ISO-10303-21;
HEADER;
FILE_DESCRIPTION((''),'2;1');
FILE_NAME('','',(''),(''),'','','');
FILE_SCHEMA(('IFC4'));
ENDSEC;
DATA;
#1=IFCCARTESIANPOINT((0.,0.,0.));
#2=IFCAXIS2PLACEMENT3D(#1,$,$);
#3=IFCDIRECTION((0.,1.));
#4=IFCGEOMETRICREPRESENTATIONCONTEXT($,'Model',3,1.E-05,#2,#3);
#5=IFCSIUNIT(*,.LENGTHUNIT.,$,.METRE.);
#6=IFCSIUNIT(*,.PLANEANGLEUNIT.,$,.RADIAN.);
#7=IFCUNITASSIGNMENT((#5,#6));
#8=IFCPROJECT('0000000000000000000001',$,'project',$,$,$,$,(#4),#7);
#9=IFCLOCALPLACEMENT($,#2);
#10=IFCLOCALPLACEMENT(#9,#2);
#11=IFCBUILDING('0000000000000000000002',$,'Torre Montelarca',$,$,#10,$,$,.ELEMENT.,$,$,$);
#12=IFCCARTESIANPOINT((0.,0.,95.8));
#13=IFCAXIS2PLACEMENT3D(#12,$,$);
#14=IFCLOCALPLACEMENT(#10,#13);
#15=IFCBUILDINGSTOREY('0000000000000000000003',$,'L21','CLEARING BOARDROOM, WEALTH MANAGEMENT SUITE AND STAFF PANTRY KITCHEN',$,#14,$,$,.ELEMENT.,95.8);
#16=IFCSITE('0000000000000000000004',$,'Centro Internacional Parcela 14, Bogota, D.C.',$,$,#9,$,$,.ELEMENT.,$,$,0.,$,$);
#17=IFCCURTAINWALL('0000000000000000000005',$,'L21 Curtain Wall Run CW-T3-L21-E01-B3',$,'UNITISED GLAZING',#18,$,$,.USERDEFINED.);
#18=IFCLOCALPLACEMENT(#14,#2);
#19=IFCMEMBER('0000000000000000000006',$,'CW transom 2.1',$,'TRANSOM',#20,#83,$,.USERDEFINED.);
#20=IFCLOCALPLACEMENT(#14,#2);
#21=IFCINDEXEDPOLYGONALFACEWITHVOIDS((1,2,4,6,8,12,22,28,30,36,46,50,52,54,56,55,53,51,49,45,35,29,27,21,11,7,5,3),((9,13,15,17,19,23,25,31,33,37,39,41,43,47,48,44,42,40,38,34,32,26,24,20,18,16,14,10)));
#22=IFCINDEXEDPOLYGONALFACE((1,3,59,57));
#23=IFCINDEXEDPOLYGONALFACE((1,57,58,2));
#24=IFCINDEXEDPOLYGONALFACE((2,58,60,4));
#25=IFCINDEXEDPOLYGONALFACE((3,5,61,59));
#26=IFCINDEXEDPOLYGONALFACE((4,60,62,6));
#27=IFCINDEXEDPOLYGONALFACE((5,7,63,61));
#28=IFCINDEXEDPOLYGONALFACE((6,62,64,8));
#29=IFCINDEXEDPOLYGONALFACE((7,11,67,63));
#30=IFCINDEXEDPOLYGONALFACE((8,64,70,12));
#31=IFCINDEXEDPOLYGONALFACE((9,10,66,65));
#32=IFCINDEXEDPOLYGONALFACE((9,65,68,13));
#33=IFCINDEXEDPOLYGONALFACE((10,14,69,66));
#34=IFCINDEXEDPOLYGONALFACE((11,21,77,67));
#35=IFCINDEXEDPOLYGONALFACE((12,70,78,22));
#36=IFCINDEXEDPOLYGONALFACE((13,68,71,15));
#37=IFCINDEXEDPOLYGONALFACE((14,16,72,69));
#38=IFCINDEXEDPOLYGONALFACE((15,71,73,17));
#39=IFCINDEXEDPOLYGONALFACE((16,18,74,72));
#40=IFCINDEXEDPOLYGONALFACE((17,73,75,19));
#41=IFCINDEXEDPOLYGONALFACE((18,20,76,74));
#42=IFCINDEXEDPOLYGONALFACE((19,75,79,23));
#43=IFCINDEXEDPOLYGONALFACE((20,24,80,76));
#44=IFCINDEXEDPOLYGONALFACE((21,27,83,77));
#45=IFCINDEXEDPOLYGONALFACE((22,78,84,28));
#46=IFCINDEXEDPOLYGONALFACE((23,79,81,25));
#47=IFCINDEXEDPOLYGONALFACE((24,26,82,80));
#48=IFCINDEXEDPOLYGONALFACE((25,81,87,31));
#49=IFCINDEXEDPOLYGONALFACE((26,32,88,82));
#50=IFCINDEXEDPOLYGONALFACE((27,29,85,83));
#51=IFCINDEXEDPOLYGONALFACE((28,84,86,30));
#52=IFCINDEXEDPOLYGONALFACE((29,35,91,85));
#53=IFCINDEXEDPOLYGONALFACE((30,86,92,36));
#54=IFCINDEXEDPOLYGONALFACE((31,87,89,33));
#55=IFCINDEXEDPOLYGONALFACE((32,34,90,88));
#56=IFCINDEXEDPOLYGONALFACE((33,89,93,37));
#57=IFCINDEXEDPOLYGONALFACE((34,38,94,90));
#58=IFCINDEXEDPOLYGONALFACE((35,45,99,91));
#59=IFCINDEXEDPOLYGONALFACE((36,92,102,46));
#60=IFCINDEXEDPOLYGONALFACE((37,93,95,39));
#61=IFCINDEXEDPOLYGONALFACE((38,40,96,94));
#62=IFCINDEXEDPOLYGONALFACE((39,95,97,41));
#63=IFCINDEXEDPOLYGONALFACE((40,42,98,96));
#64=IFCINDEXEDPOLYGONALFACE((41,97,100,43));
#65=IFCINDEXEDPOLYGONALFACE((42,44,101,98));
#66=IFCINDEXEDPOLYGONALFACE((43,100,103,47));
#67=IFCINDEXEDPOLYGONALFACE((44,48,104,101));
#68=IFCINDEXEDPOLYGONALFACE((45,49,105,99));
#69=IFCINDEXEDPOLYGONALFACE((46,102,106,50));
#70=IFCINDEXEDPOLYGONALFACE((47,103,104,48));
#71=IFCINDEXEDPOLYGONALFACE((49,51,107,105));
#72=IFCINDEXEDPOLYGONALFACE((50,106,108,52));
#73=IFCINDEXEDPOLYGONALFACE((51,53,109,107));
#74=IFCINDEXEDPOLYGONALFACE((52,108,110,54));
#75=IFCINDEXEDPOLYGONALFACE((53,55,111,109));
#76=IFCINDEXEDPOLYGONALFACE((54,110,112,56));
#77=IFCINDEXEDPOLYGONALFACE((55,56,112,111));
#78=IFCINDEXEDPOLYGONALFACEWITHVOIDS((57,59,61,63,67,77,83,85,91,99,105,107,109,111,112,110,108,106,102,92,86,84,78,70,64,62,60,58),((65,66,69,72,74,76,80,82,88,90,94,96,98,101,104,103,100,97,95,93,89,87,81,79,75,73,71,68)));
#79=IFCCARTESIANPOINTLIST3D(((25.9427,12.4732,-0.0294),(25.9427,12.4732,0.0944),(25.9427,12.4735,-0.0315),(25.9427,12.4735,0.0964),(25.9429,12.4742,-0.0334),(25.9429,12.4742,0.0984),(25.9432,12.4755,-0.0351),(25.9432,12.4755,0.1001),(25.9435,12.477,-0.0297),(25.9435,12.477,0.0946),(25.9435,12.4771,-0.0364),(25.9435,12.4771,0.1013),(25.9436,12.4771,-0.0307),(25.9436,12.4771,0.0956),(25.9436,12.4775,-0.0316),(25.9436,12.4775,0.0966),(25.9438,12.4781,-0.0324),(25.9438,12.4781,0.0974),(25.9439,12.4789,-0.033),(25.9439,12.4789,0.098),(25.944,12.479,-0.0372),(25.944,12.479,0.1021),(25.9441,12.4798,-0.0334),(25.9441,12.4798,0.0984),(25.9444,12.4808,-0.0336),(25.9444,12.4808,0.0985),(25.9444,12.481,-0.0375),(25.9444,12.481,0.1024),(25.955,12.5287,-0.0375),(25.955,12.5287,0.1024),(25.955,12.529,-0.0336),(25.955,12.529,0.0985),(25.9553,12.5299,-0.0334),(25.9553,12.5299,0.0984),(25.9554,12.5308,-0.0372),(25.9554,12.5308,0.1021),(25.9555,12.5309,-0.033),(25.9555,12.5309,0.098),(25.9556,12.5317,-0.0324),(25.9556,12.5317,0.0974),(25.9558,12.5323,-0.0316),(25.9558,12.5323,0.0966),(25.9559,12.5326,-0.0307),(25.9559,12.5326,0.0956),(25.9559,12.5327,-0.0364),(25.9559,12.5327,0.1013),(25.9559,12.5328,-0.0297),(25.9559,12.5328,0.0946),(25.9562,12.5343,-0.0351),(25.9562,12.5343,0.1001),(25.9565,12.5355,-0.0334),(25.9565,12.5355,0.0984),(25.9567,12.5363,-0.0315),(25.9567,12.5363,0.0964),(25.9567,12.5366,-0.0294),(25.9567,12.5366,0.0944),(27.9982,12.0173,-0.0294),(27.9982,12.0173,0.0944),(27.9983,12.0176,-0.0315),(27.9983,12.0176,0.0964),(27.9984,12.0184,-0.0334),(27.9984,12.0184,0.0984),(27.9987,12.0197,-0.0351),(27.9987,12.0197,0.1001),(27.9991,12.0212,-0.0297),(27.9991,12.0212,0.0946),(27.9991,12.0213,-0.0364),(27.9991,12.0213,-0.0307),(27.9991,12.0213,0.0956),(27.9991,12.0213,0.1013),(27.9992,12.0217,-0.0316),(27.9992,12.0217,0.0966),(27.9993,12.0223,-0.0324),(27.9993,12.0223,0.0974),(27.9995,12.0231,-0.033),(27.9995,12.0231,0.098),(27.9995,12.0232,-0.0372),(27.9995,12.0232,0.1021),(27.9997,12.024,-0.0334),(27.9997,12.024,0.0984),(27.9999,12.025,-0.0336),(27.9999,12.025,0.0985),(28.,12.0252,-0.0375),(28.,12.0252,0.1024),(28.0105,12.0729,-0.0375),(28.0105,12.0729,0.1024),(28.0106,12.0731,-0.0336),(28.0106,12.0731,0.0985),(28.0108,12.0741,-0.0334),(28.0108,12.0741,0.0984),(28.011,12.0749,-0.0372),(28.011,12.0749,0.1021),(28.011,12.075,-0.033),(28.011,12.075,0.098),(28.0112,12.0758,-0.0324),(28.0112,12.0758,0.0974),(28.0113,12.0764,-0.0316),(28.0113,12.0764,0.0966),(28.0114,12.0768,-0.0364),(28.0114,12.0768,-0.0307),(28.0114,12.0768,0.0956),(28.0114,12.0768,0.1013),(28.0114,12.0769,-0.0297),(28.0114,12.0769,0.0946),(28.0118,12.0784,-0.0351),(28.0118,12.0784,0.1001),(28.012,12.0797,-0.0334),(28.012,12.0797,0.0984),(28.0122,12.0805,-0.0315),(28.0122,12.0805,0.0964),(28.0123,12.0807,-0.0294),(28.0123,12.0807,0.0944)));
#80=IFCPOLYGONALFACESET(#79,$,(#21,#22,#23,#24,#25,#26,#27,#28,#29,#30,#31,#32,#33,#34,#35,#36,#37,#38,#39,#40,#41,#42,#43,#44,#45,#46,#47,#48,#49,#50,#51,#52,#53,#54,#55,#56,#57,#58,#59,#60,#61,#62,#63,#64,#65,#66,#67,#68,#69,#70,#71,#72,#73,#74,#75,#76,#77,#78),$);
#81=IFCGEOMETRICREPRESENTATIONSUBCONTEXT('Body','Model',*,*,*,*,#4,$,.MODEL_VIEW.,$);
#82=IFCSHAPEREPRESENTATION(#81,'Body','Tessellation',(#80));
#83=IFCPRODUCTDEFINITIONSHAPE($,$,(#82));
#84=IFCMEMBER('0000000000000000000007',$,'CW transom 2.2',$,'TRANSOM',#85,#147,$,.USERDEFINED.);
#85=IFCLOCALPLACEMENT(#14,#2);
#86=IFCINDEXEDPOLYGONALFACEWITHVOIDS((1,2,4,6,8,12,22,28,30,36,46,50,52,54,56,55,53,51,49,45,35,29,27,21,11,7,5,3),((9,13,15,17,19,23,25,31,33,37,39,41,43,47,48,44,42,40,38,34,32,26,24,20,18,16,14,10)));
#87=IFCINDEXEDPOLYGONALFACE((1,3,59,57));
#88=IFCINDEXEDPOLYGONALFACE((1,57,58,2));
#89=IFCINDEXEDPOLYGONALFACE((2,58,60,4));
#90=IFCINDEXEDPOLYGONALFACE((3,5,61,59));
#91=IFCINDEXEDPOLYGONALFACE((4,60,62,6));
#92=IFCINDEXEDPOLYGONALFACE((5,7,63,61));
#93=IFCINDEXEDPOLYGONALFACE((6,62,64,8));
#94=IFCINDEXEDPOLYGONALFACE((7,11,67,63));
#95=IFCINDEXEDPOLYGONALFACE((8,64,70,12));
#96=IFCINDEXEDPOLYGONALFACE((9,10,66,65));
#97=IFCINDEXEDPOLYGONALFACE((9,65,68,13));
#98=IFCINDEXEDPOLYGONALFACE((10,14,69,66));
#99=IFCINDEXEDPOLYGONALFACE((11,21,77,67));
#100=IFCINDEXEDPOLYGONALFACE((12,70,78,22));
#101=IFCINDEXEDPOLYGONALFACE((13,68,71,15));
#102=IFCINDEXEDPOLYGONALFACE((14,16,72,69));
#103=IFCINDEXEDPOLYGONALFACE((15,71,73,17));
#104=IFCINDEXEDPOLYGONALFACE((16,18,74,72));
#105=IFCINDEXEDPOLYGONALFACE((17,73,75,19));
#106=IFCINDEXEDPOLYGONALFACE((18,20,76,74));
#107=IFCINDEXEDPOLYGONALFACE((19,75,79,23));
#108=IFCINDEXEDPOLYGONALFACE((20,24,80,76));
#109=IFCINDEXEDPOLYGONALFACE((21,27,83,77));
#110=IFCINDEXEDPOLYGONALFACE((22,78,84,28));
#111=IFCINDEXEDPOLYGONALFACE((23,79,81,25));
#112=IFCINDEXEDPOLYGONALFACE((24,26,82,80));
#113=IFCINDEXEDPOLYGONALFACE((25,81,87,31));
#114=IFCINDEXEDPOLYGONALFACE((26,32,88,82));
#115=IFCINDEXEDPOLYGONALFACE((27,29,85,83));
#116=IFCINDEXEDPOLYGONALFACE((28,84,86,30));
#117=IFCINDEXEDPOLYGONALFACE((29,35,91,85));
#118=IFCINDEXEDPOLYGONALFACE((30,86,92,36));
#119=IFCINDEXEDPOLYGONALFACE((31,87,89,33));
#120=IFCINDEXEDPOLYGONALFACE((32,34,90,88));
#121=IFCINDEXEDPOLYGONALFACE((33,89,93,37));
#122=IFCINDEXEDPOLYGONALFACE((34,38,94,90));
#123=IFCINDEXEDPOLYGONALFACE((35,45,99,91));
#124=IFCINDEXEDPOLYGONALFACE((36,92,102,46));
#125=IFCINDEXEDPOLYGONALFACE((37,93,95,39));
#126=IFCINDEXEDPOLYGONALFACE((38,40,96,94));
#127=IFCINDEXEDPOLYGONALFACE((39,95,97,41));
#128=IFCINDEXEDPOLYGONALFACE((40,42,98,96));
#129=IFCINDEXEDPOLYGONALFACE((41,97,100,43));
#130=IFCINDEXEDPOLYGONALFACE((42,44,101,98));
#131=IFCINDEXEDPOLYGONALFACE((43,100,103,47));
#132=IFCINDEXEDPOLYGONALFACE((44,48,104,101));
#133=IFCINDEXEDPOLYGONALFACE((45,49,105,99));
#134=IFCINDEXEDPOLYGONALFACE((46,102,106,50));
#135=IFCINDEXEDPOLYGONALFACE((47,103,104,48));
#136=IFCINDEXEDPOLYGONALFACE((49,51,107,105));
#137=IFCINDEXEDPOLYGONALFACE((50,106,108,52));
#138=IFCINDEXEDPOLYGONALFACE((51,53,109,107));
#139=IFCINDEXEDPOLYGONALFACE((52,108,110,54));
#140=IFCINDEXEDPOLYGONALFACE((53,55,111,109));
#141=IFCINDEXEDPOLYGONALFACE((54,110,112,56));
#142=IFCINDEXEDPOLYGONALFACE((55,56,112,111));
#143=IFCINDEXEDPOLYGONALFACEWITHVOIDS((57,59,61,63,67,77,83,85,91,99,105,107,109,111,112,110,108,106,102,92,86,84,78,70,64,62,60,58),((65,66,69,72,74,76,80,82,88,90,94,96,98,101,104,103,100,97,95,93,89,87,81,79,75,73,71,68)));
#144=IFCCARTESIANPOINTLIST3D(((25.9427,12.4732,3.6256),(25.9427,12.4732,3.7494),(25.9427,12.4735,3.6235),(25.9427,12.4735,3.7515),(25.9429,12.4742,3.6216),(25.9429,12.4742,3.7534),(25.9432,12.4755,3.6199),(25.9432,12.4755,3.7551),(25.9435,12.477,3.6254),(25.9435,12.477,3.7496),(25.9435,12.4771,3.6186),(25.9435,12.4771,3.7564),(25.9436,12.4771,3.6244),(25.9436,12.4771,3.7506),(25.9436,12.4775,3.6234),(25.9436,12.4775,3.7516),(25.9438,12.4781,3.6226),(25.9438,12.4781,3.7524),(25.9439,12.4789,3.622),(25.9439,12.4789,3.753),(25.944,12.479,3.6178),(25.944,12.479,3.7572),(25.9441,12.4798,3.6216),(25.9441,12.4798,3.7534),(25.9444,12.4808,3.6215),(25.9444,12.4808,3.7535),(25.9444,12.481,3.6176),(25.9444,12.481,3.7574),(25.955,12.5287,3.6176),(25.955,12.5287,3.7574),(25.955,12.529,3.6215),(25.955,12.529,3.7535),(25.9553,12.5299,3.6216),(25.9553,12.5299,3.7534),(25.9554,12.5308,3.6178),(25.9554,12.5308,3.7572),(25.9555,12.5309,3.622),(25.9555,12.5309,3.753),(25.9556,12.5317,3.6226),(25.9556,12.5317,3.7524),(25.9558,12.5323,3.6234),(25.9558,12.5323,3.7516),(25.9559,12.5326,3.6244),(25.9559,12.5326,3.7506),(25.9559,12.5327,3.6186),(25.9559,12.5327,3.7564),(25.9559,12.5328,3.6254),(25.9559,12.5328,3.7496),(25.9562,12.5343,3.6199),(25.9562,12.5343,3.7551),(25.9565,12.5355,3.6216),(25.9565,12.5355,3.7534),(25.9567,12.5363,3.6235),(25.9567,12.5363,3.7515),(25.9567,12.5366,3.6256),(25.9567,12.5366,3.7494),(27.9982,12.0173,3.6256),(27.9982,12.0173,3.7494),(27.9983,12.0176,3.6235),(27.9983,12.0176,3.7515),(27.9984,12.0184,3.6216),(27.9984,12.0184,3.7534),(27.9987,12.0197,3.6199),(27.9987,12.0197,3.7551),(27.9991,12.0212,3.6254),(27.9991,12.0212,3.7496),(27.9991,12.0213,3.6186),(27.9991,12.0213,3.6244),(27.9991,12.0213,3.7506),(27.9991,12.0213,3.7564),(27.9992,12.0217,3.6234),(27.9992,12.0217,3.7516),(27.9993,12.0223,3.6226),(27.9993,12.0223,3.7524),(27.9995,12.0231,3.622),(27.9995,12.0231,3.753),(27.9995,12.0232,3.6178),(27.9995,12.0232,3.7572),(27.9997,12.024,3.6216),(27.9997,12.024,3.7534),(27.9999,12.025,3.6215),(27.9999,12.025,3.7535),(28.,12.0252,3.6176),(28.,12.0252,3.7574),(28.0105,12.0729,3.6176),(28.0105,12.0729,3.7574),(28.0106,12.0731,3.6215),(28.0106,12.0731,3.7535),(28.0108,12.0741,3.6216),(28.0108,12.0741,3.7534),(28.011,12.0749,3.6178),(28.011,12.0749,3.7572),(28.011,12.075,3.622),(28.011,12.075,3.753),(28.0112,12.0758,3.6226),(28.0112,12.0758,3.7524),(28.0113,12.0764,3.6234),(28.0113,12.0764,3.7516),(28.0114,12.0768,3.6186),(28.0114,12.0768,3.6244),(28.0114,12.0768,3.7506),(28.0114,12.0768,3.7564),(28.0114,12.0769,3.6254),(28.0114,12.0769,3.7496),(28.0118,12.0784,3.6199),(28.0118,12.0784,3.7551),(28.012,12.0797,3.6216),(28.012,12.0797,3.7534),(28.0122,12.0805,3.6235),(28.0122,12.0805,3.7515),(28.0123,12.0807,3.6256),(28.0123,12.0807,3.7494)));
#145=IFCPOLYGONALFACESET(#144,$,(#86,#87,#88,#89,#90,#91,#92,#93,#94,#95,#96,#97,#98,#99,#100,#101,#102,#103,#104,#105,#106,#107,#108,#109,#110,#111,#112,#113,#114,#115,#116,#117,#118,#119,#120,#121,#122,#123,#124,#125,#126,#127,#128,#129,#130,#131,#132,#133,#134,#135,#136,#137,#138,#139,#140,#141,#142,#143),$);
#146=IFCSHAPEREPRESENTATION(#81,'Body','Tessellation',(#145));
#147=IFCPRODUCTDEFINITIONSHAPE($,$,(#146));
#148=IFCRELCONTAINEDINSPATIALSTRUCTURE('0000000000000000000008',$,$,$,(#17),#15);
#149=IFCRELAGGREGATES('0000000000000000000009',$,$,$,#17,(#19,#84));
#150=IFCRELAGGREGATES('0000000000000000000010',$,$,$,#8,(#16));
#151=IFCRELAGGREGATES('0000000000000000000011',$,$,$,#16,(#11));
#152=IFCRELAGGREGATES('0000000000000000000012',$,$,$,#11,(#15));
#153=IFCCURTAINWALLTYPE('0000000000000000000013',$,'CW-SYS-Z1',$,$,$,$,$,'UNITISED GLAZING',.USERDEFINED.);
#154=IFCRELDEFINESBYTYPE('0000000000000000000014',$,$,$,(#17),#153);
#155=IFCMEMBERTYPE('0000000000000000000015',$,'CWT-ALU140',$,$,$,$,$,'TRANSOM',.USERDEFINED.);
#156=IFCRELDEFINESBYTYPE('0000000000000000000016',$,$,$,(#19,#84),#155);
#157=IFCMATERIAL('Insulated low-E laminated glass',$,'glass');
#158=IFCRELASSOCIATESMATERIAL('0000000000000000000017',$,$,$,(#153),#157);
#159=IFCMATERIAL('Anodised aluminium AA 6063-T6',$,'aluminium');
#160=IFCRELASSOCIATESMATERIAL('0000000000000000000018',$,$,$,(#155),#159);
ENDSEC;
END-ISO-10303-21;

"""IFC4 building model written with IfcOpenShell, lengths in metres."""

from ifc_helpers import new_model, si_unit, direction, frame, origin, origin_2d, place, context, subcontext, project, spatial, hollow_rectangle, extrude, source, transform, mapped, material, material_profile, profile_set, type_object, element, aggregate, save


model = new_model("IFC4")

# Units and contexts
model_context = context("Model", 3, precision=1e-05, world=origin(), true_north=direction((0.0, 1.0)))
body_context = subcontext(model_context, "Body", "Model", "MODEL_VIEW")
ifc_project = project(units=[si_unit("LENGTHUNIT", "METRE"), si_unit("PLANEANGLEUNIT", "RADIAN")], contexts=[model_context])

# Site, building, storey
site_placement = place(None, origin())
site = spatial("IfcSite", under=ifc_project, at=site_placement, Name="Centro Internacional Parcela 14, Bogota, D.C.", CompositionType="ELEMENT", RefElevation=0.0)
building_placement = place(site_placement, origin())
building = spatial("IfcBuilding", under=site, at=building_placement, Name="Torre Montelarca", CompositionType="ELEMENT")
storey_placement = place(building_placement, frame((0.0, 0.0, 95.8)))
storey = spatial("IfcBuildingStorey", under=building, at=storey_placement, Name="L21", Description="CLEARING BOARDROOM, WEALTH MANAGEMENT SUITE AND STAFF PANTRY KITCHEN", CompositionType="ELEMENT", Elevation=95.8)

# Shared definitions
ifc_material_1 = material(Name="Insulated low-E laminated glass", Category="glass")
curtain_wall_type = type_object("IfcCurtainWallType", Name="CW-SYS-Z1", ElementType="UNITISED GLAZING", PredefinedType="USERDEFINED", material=ifc_material_1)
ifc_material_2 = material(Name="Anodised aluminium AA 6063-T6", Category="aluminium")
ifc_material_profile_1 = material_profile(ifc_material_2, hollow_rectangle(XDim=0.0649, YDim=0.1399, WallThickness=0.0039, InnerFilletRadius=0.0039, OuterFilletRadius=0.0081, at=origin_2d()), Name="ALU65X140X4", Category="aluminium")
ifc_profile_set_1 = profile_set([ifc_material_profile_1], Name="Anodised aluminium AA 6063-T6")
member_type_1 = type_object("IfcMemberType", Name="CWT-ALU140", ElementType="TRANSOM", PredefinedType="USERDEFINED", material=ifc_profile_set_1)

# Curtain wall, members
curtain_wall_1_placement = place(storey_placement, origin())
curtain_wall_1 = element("IfcCurtainWall", 1, at=curtain_wall_1_placement, inside=storey, type_object=curtain_wall_type, Name="L21 Curtain Wall Run CW-T3-L21-E01-B3", ObjectType="UNITISED GLAZING", PredefinedType="USERDEFINED")
shared_shape_1 = source(origin(), body_context, "Body", "SweptSolid", [
    extrude(hollow_rectangle(XDim=0.0649, YDim=0.1399, WallThickness=0.0039, InnerFilletRadius=0.0039, OuterFilletRadius=0.0081, at=origin_2d()), origin(), (0.0, 0.0, 1.0), 2.1055),
])
member_1_placement = place(storey_placement, frame((25.9497, 12.5049, 0.0325), z_axis=(0.976282, -0.216501, 0.0), x_axis=(0.216501, 0.976282, 0.0)))
member_1 = element("IfcMember", 2, at=member_1_placement, type_object=member_type_1, Name="CW transom 2.1", ObjectType="TRANSOM", PredefinedType="USERDEFINED", context=body_context, shape_type="MappedRepresentation", body=[
    mapped(shared_shape_1, transform((0.0, 0.0, 0.0), scale=1.0)),
])
member_2_placement = place(storey_placement, frame((25.9497, 12.5049, 3.6875), z_axis=(0.976282, -0.216501, 0.0), x_axis=(0.216501, 0.976282, 0.0)))
member_2 = element("IfcMember", 3, at=member_2_placement, type_object=member_type_1, Name="CW transom 2.2", ObjectType="TRANSOM", PredefinedType="USERDEFINED", context=body_context, shape_type="MappedRepresentation", body=[
    mapped(shared_shape_1, transform((0.0, 0.0, 0.0), scale=1.0)),
])

aggregate(curtain_wall_1, [member_1, member_2])

save(model, "model.ifc")
